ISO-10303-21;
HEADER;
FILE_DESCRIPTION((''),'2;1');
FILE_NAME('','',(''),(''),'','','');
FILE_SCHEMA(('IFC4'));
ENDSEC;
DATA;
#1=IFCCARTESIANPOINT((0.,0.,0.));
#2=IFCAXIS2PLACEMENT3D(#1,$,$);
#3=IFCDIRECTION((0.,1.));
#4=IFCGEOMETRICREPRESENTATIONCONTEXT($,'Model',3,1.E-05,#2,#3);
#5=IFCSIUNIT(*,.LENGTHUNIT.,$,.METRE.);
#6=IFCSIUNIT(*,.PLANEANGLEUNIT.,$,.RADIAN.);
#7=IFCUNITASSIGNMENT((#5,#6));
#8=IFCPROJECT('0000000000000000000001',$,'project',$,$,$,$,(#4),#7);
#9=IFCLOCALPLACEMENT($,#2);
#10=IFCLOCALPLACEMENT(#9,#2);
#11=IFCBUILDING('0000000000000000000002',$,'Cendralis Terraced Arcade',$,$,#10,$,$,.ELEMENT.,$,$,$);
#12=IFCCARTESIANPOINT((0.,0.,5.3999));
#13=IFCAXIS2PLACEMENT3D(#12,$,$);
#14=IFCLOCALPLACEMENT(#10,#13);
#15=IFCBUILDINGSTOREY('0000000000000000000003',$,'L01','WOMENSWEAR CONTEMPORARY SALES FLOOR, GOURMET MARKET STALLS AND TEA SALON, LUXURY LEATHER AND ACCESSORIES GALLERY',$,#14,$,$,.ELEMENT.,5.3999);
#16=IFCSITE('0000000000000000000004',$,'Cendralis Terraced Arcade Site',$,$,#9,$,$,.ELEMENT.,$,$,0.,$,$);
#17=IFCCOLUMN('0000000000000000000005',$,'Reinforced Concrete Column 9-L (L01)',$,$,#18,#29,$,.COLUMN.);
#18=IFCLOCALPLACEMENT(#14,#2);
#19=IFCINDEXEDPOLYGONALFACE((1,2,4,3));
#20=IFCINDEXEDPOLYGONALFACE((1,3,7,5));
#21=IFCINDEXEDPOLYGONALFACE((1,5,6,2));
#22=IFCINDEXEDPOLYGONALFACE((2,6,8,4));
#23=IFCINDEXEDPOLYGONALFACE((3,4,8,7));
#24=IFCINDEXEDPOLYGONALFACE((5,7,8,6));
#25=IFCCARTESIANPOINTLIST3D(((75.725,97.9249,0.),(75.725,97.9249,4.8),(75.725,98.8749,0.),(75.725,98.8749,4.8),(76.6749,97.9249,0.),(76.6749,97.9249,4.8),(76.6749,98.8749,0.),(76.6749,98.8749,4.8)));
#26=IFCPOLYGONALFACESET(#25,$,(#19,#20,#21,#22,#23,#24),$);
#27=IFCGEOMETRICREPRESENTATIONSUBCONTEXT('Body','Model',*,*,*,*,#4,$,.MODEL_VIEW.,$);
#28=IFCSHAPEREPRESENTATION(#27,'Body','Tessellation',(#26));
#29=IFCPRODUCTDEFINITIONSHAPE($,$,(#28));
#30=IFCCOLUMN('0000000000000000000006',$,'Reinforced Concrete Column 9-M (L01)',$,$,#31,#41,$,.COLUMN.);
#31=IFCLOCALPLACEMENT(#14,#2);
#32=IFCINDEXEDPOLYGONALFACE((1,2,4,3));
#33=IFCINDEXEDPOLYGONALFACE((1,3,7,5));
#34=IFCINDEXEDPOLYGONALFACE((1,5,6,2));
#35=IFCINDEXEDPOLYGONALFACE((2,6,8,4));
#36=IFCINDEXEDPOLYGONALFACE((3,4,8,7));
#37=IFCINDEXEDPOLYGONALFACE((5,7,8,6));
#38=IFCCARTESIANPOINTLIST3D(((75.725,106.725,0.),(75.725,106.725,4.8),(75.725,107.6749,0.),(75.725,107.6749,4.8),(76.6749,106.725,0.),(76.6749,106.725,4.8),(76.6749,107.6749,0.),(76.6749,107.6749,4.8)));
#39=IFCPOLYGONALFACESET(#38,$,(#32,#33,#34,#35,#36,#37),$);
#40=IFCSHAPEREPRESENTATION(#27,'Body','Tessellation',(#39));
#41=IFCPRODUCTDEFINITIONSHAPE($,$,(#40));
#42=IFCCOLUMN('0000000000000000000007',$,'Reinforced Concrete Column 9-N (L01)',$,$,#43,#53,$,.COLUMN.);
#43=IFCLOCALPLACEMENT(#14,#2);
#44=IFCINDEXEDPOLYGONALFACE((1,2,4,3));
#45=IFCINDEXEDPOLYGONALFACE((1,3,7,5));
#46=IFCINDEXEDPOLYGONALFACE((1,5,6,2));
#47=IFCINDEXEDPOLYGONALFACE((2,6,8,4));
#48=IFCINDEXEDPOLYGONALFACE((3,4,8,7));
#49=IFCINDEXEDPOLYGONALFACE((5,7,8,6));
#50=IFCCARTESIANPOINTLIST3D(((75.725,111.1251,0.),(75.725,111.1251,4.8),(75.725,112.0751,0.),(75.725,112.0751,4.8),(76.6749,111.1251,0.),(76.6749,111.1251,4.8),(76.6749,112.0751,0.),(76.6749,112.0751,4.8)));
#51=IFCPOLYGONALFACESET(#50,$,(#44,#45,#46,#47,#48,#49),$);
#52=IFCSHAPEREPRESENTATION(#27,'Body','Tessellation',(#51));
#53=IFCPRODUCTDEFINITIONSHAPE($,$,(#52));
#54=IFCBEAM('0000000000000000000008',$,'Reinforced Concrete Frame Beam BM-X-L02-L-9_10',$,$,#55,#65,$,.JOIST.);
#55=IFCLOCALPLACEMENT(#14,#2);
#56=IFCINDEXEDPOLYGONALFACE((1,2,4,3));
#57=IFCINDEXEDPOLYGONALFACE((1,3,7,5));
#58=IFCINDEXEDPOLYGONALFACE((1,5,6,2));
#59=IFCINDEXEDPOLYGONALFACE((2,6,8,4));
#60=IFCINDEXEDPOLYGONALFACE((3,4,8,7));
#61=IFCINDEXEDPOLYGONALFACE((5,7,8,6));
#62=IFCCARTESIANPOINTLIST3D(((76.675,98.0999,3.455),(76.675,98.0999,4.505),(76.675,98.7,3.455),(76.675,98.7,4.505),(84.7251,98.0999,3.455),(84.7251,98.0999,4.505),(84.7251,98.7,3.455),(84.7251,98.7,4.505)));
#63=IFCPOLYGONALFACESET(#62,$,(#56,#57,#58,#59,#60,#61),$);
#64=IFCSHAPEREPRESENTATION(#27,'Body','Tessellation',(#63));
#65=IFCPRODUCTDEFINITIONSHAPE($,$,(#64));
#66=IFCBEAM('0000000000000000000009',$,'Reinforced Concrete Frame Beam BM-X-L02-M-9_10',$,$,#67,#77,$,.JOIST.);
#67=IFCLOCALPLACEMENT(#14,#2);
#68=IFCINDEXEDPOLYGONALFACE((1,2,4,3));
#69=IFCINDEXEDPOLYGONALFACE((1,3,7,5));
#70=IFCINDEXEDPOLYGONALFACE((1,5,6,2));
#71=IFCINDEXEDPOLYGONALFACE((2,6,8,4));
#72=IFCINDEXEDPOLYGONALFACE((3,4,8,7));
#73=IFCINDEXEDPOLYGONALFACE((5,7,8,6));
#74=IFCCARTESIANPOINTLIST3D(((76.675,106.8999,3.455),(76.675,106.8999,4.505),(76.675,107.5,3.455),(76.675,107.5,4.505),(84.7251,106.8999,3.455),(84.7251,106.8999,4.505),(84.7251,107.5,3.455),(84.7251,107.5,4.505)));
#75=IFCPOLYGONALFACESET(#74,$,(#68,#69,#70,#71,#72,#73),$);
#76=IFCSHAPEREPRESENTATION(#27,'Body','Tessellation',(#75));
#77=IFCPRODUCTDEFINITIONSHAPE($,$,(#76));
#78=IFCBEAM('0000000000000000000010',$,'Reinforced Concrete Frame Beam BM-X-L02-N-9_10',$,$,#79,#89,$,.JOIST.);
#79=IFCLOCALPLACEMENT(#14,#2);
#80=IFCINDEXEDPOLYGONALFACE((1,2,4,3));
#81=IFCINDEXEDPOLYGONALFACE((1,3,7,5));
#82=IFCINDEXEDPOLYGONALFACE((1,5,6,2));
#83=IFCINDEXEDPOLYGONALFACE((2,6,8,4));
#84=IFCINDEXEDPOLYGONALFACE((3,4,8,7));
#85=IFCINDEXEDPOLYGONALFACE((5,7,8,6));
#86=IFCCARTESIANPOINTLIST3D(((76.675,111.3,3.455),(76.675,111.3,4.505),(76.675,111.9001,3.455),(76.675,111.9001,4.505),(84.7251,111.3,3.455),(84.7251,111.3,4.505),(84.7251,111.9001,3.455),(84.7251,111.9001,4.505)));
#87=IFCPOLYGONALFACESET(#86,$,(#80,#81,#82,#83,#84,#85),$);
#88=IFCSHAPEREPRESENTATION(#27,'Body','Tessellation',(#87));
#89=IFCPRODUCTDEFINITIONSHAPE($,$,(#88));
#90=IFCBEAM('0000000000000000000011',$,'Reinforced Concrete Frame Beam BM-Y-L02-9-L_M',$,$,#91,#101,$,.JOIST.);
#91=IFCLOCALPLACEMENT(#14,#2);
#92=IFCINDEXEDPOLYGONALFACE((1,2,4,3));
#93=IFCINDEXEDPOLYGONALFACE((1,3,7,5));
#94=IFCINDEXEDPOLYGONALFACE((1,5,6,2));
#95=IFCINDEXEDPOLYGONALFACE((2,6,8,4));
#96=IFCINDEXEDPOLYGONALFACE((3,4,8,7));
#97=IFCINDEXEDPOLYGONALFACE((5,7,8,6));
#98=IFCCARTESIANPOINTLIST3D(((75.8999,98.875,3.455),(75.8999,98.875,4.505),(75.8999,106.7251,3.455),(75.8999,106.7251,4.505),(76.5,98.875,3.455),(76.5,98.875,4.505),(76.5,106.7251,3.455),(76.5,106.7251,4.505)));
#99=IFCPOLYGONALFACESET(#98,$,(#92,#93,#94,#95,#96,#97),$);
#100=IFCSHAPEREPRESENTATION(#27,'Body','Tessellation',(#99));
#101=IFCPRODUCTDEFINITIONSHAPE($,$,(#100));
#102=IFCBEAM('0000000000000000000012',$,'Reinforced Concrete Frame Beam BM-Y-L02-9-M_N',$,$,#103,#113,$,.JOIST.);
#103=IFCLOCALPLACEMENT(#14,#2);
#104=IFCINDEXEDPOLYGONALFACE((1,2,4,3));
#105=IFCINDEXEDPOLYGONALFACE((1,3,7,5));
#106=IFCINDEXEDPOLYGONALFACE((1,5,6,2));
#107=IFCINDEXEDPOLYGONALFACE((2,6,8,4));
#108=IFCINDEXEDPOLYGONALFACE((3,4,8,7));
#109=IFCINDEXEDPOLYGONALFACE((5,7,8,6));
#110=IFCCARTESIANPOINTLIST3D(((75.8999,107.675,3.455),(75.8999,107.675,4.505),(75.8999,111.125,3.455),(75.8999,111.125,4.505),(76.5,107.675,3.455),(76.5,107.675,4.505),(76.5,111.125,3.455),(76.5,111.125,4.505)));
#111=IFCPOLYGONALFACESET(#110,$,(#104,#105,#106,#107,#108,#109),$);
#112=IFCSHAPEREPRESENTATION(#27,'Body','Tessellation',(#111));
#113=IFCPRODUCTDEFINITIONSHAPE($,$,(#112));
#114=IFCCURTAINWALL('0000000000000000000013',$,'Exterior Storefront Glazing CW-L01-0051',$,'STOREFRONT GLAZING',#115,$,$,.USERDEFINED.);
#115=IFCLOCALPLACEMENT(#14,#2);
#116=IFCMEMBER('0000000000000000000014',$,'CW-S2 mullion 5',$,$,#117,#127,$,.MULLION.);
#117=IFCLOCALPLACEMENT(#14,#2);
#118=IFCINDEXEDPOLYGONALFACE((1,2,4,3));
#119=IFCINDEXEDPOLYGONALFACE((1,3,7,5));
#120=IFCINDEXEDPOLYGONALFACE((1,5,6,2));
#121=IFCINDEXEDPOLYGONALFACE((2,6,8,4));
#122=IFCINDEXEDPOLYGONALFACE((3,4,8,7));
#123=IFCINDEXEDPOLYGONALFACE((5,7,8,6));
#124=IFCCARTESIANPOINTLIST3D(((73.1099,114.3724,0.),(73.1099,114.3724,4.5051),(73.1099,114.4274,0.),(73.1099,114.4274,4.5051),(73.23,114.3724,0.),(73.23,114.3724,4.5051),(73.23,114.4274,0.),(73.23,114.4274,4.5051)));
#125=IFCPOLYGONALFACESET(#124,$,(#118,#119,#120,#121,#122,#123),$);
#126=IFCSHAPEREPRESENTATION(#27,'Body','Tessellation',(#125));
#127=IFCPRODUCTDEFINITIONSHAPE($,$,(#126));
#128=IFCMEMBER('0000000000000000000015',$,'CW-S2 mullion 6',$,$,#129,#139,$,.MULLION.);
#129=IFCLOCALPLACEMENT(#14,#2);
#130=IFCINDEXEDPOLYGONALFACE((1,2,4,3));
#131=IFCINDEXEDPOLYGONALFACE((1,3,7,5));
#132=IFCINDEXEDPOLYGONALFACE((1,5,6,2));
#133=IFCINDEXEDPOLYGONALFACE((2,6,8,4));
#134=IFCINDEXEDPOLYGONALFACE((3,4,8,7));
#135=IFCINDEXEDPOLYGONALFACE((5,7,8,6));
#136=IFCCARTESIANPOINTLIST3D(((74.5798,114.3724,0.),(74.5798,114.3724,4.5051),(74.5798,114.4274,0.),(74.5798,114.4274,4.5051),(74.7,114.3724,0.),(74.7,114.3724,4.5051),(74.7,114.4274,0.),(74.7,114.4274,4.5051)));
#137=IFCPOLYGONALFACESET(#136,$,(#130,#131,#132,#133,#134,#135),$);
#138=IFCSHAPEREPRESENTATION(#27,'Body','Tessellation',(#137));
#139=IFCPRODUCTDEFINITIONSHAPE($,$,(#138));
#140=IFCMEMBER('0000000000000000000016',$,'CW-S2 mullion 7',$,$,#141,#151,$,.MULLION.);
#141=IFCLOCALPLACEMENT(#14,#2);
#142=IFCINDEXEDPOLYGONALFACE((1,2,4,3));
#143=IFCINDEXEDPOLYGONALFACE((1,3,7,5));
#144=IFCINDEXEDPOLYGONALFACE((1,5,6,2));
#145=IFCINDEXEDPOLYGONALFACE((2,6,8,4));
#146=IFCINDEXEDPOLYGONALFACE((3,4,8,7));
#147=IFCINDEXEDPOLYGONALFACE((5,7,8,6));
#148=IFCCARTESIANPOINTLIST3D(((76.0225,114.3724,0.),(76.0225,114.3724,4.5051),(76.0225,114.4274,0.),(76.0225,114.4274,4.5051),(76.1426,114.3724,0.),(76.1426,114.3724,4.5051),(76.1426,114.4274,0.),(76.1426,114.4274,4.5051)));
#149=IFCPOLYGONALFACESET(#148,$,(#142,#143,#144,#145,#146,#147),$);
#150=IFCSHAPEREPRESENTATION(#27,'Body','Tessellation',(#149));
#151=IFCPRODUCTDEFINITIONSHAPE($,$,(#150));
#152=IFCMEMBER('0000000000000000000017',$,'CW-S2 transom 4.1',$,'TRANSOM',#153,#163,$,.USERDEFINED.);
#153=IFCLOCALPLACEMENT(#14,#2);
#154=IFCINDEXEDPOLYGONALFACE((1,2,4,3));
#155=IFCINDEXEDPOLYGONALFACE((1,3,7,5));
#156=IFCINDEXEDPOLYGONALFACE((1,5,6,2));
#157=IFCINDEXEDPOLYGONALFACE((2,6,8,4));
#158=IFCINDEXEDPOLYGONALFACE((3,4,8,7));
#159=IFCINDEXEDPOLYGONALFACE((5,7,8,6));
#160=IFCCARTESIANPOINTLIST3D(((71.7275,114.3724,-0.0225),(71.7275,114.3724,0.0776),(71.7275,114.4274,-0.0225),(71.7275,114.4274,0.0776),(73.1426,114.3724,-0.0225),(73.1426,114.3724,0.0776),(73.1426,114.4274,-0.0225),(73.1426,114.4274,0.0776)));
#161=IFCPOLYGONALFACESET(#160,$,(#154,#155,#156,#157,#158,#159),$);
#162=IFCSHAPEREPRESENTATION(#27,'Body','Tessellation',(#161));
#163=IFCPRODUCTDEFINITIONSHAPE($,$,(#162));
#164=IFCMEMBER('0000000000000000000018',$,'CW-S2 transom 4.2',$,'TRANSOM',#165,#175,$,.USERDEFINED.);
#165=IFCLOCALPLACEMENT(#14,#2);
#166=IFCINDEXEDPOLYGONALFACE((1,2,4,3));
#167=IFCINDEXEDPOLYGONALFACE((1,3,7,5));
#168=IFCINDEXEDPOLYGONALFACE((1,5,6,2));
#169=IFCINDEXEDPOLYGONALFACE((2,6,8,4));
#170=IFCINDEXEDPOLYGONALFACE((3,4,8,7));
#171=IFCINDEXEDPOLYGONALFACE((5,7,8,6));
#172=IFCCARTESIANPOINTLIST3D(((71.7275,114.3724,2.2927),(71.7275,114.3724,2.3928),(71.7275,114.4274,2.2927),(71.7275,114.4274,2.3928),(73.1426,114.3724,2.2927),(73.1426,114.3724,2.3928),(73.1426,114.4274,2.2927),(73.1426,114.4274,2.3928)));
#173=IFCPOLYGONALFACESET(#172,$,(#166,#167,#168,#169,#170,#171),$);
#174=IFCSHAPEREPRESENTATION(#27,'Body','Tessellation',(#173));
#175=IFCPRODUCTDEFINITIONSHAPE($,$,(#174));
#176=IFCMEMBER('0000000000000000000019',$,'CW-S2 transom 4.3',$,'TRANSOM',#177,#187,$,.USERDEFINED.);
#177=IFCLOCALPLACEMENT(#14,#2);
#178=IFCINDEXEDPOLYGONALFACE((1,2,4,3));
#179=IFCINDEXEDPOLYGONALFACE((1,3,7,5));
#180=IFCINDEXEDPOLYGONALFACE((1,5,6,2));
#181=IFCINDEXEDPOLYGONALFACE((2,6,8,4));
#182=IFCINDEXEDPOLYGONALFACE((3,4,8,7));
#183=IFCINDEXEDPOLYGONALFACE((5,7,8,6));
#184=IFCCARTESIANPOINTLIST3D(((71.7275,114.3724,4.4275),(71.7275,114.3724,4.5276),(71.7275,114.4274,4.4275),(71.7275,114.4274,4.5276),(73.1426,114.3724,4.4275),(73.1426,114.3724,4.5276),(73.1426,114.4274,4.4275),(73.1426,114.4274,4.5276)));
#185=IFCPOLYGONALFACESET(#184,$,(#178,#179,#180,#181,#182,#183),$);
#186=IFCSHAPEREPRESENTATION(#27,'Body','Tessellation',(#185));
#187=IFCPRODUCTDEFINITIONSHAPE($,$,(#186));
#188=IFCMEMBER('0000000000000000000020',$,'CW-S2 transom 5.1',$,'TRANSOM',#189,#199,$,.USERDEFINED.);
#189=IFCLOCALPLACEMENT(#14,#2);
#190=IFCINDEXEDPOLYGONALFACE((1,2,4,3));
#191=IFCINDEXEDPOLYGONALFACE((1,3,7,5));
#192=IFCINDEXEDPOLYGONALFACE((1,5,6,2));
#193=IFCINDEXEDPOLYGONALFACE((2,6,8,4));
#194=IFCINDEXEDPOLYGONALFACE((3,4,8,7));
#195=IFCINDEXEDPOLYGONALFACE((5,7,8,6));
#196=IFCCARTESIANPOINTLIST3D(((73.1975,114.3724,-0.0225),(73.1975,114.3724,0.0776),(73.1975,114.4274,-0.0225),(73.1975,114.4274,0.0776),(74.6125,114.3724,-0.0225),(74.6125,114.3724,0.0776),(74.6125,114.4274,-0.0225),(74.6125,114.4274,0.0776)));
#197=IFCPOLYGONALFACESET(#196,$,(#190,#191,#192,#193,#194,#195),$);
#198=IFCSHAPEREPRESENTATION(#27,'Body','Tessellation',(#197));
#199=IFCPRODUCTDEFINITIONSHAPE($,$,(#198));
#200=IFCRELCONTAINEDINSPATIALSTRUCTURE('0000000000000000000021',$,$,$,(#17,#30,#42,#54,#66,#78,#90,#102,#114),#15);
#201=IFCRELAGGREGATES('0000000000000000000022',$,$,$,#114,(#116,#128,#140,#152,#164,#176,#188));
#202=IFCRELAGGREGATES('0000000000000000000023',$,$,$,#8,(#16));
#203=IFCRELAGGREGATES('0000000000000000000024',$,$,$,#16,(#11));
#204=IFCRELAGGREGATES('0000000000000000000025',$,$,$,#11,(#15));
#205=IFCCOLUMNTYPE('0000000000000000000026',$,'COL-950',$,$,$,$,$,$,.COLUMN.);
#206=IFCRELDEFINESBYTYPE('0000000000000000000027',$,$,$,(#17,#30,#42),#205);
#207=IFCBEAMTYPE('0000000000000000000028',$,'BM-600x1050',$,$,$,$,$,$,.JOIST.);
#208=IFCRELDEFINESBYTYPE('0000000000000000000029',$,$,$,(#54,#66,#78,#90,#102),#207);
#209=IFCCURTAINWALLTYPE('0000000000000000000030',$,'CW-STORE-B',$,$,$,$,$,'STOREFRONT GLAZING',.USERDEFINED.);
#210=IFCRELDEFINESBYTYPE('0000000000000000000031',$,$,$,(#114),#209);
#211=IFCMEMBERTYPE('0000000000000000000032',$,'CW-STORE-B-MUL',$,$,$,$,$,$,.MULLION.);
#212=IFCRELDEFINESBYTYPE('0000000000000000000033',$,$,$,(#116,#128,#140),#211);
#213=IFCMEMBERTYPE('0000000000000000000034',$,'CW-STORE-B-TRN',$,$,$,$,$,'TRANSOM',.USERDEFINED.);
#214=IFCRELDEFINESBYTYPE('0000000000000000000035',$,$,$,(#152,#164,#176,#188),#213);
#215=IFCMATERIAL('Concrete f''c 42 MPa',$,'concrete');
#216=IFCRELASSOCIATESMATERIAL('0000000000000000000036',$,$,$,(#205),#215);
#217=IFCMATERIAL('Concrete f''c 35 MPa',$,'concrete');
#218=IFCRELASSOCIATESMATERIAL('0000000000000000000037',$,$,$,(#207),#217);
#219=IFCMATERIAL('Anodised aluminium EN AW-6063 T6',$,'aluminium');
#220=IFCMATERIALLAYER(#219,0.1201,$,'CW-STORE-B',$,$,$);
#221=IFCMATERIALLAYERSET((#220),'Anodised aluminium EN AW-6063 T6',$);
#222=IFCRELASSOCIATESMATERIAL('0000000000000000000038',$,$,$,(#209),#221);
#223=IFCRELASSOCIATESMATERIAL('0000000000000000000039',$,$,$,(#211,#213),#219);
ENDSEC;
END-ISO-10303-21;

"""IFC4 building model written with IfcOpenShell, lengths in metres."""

from ifc_helpers import new_model, si_unit, direction, frame, origin, origin_2d, place, context, subcontext, project, spatial, rectangle, extrude, material, layer, layer_set, material_profile, profile_set, type_object, element, aggregate, save


model = new_model("IFC4")

# Units and contexts
model_context = context("Model", 3, precision=1e-05, world=origin(), true_north=direction((0.0, 1.0)))
body_context = subcontext(model_context, "Body", "Model", "MODEL_VIEW")
ifc_project = project(units=[si_unit("LENGTHUNIT", "METRE"), si_unit("PLANEANGLEUNIT", "RADIAN")], contexts=[model_context])

# Site, building, storey
site_placement = place(None, origin())
site = spatial("IfcSite", under=ifc_project, at=site_placement, Name="Cendralis Terraced Arcade Site", CompositionType="ELEMENT", RefElevation=0.0)
building_placement = place(site_placement, origin())
building = spatial("IfcBuilding", under=site, at=building_placement, Name="Cendralis Terraced Arcade", CompositionType="ELEMENT")
storey_placement = place(building_placement, frame((0.0, 0.0, 5.3999)))
storey = spatial("IfcBuildingStorey", under=building, at=storey_placement, Name="L01", Description="WOMENSWEAR CONTEMPORARY SALES FLOOR, GOURMET MARKET STALLS AND TEA SALON, LUXURY LEATHER AND ACCESSORIES GALLERY", CompositionType="ELEMENT", Elevation=5.3999)

# Columns
ifc_material_1 = material(Name="Concrete f'c 42 MPa", Category="concrete")
ifc_material_profile_1 = material_profile(ifc_material_1, rectangle(XDim=0.95, YDim=0.95, at=origin_2d()), Name="RC-COL-950x950", Category="LoadBearing")
ifc_profile_set_1 = profile_set([ifc_material_profile_1], Name="Concrete f'c 42 MPa")
column_type = type_object("IfcColumnType", Name="COL-950", PredefinedType="COLUMN", material=ifc_profile_set_1)
for number, where, z_axis, x_axis, name in (
    (1, (76.2, 98.3999, 0.0), (0.0, 0.0, 1.0), (1.0, 0.0, 0.0), "Reinforced Concrete Column 9-L (L01)"),
    (2, (76.2, 107.2, 0.0), (0.0, 0.0, 1.0), (1.0, 0.0, 0.0), "Reinforced Concrete Column 9-M (L01)"),
    (3, (76.2, 111.6001, 0.0), (0.0, 0.0, 1.0), (1.0, 0.0, 0.0), "Reinforced Concrete Column 9-N (L01)"),
):
    element("IfcColumn", number, at=place(storey_placement, frame(where, z_axis=z_axis, x_axis=x_axis)), inside=storey, type_object=column_type, Name=name, PredefinedType="COLUMN", context=body_context, shape_type="SweptSolid", body=[
        extrude(rectangle(XDim=0.95, YDim=0.95, at=origin_2d()), origin(), (0.0, 0.0, 1.0), 4.8),
    ])

# Beams
ifc_material_2 = material(Name="Concrete f'c 35 MPa", Category="concrete")
ifc_material_profile_2 = material_profile(ifc_material_2, rectangle(XDim=0.6001, YDim=1.05, at=origin_2d()), Name="RC-BM-600x1050", Category="LoadBearing")
ifc_profile_set_2 = profile_set([ifc_material_profile_2], Name="Concrete f'c 35 MPa")
beam_type = type_object("IfcBeamType", Name="BM-600x1050", PredefinedType="JOIST", material=ifc_profile_set_2)
for number, where, z_axis, x_axis, name in (
    (4, (76.675, 98.3999, 3.98), (1.0, 0.0, 0.0), (0.0, 1.0, 0.0), "Reinforced Concrete Frame Beam BM-X-L02-L-9_10"),
    (5, (76.675, 107.2, 3.98), (1.0, 0.0, 0.0), (0.0, 1.0, 0.0), "Reinforced Concrete Frame Beam BM-X-L02-M-9_10"),
    (6, (76.675, 111.6001, 3.98), (1.0, 0.0, 0.0), (0.0, 1.0, 0.0), "Reinforced Concrete Frame Beam BM-X-L02-N-9_10"),
):
    element("IfcBeam", number, at=place(storey_placement, frame(where, z_axis=z_axis, x_axis=x_axis)), inside=storey, type_object=beam_type, Name=name, PredefinedType="JOIST", context=body_context, shape_type="SweptSolid", body=[
        extrude(rectangle(XDim=0.6001, YDim=1.05, at=origin_2d()), origin(), (0.0, 0.0, 1.0), 8.05),
    ])
beam_1_placement = place(storey_placement, frame((76.2, 98.875, 3.98), z_axis=(0.0, 1.0, 0.0), x_axis=(-1.0, 0.0, 0.0)))
element("IfcBeam", 7, at=beam_1_placement, inside=storey, type_object=beam_type, Name="Reinforced Concrete Frame Beam BM-Y-L02-9-L_M", PredefinedType="JOIST", context=body_context, shape_type="SweptSolid", body=[
    extrude(rectangle(XDim=0.6001, YDim=1.05, at=origin_2d()), origin(), (0.0, 0.0, 1.0), 7.8501),
])
beam_2_placement = place(storey_placement, frame((76.2, 107.675, 3.98), z_axis=(0.0, 1.0, 0.0), x_axis=(-1.0, 0.0, 0.0)))
element("IfcBeam", 8, at=beam_2_placement, inside=storey, type_object=beam_type, Name="Reinforced Concrete Frame Beam BM-Y-L02-9-M_N", PredefinedType="JOIST", context=body_context, shape_type="SweptSolid", body=[
    extrude(rectangle(XDim=0.6001, YDim=1.05, at=origin_2d()), origin(), (0.0, 0.0, 1.0), 3.45),
])

# Curtain wall, members
ifc_material_3 = material(Name="Anodised aluminium EN AW-6063 T6", Category="aluminium")
ifc_layer_1 = layer(ifc_material_3, 0.1201, Name="CW-STORE-B")
ifc_layer_set_1 = layer_set([ifc_layer_1], Name="Anodised aluminium EN AW-6063 T6")
curtain_wall_type = type_object("IfcCurtainWallType", Name="CW-STORE-B", ElementType="STOREFRONT GLAZING", PredefinedType="USERDEFINED", material=ifc_layer_set_1)
curtain_wall_placement = place(storey_placement, origin())
curtain_wall = element("IfcCurtainWall", 9, at=curtain_wall_placement, inside=storey, type_object=curtain_wall_type, Name="Exterior Storefront Glazing CW-L01-0051", ObjectType="STOREFRONT GLAZING", PredefinedType="USERDEFINED")
ifc_material_profile_3 = material_profile(ifc_material_3, rectangle(XDim=0.0549, YDim=0.1201, at=origin_2d()), Name="ALU-MUL-55x120")
ifc_profile_set_3 = profile_set([ifc_material_profile_3], Name="Anodised aluminium EN AW-6063 T6")
member_type_1 = type_object("IfcMemberType", Name="CW-STORE-B-MUL", PredefinedType="MULLION", material=ifc_profile_set_3)
member_1_placement = place(storey_placement, frame((73.1699, 114.3999, 0.0), z_axis=(0.0, 0.0, 1.0), x_axis=(0.0, 1.0, 0.0)))
member_1 = element("IfcMember", 10, at=member_1_placement, type_object=member_type_1, Name="CW-S2 mullion 5", PredefinedType="MULLION", context=body_context, shape_type="SweptSolid", body=[
    extrude(rectangle(XDim=0.0549, YDim=0.1201, at=origin_2d()), origin(), (0.0, 0.0, 1.0), 4.5051),
])
member_2_placement = place(storey_placement, frame((74.6399, 114.3999, 0.0), z_axis=(0.0, 0.0, 1.0), x_axis=(0.0, 1.0, 0.0)))
member_2 = element("IfcMember", 11, at=member_2_placement, type_object=member_type_1, Name="CW-S2 mullion 6", PredefinedType="MULLION", context=body_context, shape_type="SweptSolid", body=[
    extrude(rectangle(XDim=0.0549, YDim=0.1201, at=origin_2d()), origin(), (0.0, 0.0, 1.0), 4.5051),
])
member_3_placement = place(storey_placement, frame((76.0825, 114.3999, 0.0), z_axis=(0.0, 0.0, 1.0), x_axis=(0.0, 1.0, 0.0)))
member_3 = element("IfcMember", 12, at=member_3_placement, type_object=member_type_1, Name="CW-S2 mullion 7", PredefinedType="MULLION", context=body_context, shape_type="SweptSolid", body=[
    extrude(rectangle(XDim=0.0549, YDim=0.1201, at=origin_2d()), origin(), (0.0, 0.0, 1.0), 4.5051),
])
ifc_material_profile_4 = material_profile(ifc_material_3, rectangle(XDim=0.0549, YDim=0.1001, at=origin_2d()), Name="ALU-TRN-55x100")
ifc_profile_set_4 = profile_set([ifc_material_profile_4], Name="Anodised aluminium EN AW-6063 T6")
member_type_2 = type_object("IfcMemberType", Name="CW-STORE-B-TRN", ElementType="TRANSOM", PredefinedType="USERDEFINED", material=ifc_profile_set_4)
member_4_placement = place(storey_placement, frame((71.7275, 114.3999, 0.0276), z_axis=(1.0, 0.0, 0.0), x_axis=(0.0, 1.0, 0.0)))
member_4 = element("IfcMember", 13, at=member_4_placement, type_object=member_type_2, Name="CW-S2 transom 4.1", ObjectType="TRANSOM", PredefinedType="USERDEFINED", context=body_context, shape_type="SweptSolid", body=[
    extrude(rectangle(XDim=0.0549, YDim=0.1001, at=origin_2d()), origin(), (0.0, 0.0, 1.0), 1.415),
])
member_5_placement = place(storey_placement, frame((71.7275, 114.3999, 2.3428), z_axis=(1.0, 0.0, 0.0), x_axis=(0.0, 1.0, 0.0)))
member_5 = element("IfcMember", 14, at=member_5_placement, type_object=member_type_2, Name="CW-S2 transom 4.2", ObjectType="TRANSOM", PredefinedType="USERDEFINED", context=body_context, shape_type="SweptSolid", body=[
    extrude(rectangle(XDim=0.0549, YDim=0.1001, at=origin_2d()), origin(), (0.0, 0.0, 1.0), 1.415),
])
member_6_placement = place(storey_placement, frame((71.7275, 114.3999, 4.4775), z_axis=(1.0, 0.0, 0.0), x_axis=(0.0, 1.0, 0.0)))
member_6 = element("IfcMember", 15, at=member_6_placement, type_object=member_type_2, Name="CW-S2 transom 4.3", ObjectType="TRANSOM", PredefinedType="USERDEFINED", context=body_context, shape_type="SweptSolid", body=[
    extrude(rectangle(XDim=0.0549, YDim=0.1001, at=origin_2d()), origin(), (0.0, 0.0, 1.0), 1.415),
])
member_7_placement = place(storey_placement, frame((73.1975, 114.3999, 0.0276), z_axis=(1.0, 0.0, 0.0), x_axis=(0.0, 1.0, 0.0)))
member_7 = element("IfcMember", 16, at=member_7_placement, type_object=member_type_2, Name="CW-S2 transom 5.1", ObjectType="TRANSOM", PredefinedType="USERDEFINED", context=body_context, shape_type="SweptSolid", body=[
    extrude(rectangle(XDim=0.0549, YDim=0.1001, at=origin_2d()), origin(), (0.0, 0.0, 1.0), 1.415),
])
aggregate(curtain_wall, [member_1, member_2, member_3, member_4, member_5, member_6, member_7])

save(model, "model.ifc")
